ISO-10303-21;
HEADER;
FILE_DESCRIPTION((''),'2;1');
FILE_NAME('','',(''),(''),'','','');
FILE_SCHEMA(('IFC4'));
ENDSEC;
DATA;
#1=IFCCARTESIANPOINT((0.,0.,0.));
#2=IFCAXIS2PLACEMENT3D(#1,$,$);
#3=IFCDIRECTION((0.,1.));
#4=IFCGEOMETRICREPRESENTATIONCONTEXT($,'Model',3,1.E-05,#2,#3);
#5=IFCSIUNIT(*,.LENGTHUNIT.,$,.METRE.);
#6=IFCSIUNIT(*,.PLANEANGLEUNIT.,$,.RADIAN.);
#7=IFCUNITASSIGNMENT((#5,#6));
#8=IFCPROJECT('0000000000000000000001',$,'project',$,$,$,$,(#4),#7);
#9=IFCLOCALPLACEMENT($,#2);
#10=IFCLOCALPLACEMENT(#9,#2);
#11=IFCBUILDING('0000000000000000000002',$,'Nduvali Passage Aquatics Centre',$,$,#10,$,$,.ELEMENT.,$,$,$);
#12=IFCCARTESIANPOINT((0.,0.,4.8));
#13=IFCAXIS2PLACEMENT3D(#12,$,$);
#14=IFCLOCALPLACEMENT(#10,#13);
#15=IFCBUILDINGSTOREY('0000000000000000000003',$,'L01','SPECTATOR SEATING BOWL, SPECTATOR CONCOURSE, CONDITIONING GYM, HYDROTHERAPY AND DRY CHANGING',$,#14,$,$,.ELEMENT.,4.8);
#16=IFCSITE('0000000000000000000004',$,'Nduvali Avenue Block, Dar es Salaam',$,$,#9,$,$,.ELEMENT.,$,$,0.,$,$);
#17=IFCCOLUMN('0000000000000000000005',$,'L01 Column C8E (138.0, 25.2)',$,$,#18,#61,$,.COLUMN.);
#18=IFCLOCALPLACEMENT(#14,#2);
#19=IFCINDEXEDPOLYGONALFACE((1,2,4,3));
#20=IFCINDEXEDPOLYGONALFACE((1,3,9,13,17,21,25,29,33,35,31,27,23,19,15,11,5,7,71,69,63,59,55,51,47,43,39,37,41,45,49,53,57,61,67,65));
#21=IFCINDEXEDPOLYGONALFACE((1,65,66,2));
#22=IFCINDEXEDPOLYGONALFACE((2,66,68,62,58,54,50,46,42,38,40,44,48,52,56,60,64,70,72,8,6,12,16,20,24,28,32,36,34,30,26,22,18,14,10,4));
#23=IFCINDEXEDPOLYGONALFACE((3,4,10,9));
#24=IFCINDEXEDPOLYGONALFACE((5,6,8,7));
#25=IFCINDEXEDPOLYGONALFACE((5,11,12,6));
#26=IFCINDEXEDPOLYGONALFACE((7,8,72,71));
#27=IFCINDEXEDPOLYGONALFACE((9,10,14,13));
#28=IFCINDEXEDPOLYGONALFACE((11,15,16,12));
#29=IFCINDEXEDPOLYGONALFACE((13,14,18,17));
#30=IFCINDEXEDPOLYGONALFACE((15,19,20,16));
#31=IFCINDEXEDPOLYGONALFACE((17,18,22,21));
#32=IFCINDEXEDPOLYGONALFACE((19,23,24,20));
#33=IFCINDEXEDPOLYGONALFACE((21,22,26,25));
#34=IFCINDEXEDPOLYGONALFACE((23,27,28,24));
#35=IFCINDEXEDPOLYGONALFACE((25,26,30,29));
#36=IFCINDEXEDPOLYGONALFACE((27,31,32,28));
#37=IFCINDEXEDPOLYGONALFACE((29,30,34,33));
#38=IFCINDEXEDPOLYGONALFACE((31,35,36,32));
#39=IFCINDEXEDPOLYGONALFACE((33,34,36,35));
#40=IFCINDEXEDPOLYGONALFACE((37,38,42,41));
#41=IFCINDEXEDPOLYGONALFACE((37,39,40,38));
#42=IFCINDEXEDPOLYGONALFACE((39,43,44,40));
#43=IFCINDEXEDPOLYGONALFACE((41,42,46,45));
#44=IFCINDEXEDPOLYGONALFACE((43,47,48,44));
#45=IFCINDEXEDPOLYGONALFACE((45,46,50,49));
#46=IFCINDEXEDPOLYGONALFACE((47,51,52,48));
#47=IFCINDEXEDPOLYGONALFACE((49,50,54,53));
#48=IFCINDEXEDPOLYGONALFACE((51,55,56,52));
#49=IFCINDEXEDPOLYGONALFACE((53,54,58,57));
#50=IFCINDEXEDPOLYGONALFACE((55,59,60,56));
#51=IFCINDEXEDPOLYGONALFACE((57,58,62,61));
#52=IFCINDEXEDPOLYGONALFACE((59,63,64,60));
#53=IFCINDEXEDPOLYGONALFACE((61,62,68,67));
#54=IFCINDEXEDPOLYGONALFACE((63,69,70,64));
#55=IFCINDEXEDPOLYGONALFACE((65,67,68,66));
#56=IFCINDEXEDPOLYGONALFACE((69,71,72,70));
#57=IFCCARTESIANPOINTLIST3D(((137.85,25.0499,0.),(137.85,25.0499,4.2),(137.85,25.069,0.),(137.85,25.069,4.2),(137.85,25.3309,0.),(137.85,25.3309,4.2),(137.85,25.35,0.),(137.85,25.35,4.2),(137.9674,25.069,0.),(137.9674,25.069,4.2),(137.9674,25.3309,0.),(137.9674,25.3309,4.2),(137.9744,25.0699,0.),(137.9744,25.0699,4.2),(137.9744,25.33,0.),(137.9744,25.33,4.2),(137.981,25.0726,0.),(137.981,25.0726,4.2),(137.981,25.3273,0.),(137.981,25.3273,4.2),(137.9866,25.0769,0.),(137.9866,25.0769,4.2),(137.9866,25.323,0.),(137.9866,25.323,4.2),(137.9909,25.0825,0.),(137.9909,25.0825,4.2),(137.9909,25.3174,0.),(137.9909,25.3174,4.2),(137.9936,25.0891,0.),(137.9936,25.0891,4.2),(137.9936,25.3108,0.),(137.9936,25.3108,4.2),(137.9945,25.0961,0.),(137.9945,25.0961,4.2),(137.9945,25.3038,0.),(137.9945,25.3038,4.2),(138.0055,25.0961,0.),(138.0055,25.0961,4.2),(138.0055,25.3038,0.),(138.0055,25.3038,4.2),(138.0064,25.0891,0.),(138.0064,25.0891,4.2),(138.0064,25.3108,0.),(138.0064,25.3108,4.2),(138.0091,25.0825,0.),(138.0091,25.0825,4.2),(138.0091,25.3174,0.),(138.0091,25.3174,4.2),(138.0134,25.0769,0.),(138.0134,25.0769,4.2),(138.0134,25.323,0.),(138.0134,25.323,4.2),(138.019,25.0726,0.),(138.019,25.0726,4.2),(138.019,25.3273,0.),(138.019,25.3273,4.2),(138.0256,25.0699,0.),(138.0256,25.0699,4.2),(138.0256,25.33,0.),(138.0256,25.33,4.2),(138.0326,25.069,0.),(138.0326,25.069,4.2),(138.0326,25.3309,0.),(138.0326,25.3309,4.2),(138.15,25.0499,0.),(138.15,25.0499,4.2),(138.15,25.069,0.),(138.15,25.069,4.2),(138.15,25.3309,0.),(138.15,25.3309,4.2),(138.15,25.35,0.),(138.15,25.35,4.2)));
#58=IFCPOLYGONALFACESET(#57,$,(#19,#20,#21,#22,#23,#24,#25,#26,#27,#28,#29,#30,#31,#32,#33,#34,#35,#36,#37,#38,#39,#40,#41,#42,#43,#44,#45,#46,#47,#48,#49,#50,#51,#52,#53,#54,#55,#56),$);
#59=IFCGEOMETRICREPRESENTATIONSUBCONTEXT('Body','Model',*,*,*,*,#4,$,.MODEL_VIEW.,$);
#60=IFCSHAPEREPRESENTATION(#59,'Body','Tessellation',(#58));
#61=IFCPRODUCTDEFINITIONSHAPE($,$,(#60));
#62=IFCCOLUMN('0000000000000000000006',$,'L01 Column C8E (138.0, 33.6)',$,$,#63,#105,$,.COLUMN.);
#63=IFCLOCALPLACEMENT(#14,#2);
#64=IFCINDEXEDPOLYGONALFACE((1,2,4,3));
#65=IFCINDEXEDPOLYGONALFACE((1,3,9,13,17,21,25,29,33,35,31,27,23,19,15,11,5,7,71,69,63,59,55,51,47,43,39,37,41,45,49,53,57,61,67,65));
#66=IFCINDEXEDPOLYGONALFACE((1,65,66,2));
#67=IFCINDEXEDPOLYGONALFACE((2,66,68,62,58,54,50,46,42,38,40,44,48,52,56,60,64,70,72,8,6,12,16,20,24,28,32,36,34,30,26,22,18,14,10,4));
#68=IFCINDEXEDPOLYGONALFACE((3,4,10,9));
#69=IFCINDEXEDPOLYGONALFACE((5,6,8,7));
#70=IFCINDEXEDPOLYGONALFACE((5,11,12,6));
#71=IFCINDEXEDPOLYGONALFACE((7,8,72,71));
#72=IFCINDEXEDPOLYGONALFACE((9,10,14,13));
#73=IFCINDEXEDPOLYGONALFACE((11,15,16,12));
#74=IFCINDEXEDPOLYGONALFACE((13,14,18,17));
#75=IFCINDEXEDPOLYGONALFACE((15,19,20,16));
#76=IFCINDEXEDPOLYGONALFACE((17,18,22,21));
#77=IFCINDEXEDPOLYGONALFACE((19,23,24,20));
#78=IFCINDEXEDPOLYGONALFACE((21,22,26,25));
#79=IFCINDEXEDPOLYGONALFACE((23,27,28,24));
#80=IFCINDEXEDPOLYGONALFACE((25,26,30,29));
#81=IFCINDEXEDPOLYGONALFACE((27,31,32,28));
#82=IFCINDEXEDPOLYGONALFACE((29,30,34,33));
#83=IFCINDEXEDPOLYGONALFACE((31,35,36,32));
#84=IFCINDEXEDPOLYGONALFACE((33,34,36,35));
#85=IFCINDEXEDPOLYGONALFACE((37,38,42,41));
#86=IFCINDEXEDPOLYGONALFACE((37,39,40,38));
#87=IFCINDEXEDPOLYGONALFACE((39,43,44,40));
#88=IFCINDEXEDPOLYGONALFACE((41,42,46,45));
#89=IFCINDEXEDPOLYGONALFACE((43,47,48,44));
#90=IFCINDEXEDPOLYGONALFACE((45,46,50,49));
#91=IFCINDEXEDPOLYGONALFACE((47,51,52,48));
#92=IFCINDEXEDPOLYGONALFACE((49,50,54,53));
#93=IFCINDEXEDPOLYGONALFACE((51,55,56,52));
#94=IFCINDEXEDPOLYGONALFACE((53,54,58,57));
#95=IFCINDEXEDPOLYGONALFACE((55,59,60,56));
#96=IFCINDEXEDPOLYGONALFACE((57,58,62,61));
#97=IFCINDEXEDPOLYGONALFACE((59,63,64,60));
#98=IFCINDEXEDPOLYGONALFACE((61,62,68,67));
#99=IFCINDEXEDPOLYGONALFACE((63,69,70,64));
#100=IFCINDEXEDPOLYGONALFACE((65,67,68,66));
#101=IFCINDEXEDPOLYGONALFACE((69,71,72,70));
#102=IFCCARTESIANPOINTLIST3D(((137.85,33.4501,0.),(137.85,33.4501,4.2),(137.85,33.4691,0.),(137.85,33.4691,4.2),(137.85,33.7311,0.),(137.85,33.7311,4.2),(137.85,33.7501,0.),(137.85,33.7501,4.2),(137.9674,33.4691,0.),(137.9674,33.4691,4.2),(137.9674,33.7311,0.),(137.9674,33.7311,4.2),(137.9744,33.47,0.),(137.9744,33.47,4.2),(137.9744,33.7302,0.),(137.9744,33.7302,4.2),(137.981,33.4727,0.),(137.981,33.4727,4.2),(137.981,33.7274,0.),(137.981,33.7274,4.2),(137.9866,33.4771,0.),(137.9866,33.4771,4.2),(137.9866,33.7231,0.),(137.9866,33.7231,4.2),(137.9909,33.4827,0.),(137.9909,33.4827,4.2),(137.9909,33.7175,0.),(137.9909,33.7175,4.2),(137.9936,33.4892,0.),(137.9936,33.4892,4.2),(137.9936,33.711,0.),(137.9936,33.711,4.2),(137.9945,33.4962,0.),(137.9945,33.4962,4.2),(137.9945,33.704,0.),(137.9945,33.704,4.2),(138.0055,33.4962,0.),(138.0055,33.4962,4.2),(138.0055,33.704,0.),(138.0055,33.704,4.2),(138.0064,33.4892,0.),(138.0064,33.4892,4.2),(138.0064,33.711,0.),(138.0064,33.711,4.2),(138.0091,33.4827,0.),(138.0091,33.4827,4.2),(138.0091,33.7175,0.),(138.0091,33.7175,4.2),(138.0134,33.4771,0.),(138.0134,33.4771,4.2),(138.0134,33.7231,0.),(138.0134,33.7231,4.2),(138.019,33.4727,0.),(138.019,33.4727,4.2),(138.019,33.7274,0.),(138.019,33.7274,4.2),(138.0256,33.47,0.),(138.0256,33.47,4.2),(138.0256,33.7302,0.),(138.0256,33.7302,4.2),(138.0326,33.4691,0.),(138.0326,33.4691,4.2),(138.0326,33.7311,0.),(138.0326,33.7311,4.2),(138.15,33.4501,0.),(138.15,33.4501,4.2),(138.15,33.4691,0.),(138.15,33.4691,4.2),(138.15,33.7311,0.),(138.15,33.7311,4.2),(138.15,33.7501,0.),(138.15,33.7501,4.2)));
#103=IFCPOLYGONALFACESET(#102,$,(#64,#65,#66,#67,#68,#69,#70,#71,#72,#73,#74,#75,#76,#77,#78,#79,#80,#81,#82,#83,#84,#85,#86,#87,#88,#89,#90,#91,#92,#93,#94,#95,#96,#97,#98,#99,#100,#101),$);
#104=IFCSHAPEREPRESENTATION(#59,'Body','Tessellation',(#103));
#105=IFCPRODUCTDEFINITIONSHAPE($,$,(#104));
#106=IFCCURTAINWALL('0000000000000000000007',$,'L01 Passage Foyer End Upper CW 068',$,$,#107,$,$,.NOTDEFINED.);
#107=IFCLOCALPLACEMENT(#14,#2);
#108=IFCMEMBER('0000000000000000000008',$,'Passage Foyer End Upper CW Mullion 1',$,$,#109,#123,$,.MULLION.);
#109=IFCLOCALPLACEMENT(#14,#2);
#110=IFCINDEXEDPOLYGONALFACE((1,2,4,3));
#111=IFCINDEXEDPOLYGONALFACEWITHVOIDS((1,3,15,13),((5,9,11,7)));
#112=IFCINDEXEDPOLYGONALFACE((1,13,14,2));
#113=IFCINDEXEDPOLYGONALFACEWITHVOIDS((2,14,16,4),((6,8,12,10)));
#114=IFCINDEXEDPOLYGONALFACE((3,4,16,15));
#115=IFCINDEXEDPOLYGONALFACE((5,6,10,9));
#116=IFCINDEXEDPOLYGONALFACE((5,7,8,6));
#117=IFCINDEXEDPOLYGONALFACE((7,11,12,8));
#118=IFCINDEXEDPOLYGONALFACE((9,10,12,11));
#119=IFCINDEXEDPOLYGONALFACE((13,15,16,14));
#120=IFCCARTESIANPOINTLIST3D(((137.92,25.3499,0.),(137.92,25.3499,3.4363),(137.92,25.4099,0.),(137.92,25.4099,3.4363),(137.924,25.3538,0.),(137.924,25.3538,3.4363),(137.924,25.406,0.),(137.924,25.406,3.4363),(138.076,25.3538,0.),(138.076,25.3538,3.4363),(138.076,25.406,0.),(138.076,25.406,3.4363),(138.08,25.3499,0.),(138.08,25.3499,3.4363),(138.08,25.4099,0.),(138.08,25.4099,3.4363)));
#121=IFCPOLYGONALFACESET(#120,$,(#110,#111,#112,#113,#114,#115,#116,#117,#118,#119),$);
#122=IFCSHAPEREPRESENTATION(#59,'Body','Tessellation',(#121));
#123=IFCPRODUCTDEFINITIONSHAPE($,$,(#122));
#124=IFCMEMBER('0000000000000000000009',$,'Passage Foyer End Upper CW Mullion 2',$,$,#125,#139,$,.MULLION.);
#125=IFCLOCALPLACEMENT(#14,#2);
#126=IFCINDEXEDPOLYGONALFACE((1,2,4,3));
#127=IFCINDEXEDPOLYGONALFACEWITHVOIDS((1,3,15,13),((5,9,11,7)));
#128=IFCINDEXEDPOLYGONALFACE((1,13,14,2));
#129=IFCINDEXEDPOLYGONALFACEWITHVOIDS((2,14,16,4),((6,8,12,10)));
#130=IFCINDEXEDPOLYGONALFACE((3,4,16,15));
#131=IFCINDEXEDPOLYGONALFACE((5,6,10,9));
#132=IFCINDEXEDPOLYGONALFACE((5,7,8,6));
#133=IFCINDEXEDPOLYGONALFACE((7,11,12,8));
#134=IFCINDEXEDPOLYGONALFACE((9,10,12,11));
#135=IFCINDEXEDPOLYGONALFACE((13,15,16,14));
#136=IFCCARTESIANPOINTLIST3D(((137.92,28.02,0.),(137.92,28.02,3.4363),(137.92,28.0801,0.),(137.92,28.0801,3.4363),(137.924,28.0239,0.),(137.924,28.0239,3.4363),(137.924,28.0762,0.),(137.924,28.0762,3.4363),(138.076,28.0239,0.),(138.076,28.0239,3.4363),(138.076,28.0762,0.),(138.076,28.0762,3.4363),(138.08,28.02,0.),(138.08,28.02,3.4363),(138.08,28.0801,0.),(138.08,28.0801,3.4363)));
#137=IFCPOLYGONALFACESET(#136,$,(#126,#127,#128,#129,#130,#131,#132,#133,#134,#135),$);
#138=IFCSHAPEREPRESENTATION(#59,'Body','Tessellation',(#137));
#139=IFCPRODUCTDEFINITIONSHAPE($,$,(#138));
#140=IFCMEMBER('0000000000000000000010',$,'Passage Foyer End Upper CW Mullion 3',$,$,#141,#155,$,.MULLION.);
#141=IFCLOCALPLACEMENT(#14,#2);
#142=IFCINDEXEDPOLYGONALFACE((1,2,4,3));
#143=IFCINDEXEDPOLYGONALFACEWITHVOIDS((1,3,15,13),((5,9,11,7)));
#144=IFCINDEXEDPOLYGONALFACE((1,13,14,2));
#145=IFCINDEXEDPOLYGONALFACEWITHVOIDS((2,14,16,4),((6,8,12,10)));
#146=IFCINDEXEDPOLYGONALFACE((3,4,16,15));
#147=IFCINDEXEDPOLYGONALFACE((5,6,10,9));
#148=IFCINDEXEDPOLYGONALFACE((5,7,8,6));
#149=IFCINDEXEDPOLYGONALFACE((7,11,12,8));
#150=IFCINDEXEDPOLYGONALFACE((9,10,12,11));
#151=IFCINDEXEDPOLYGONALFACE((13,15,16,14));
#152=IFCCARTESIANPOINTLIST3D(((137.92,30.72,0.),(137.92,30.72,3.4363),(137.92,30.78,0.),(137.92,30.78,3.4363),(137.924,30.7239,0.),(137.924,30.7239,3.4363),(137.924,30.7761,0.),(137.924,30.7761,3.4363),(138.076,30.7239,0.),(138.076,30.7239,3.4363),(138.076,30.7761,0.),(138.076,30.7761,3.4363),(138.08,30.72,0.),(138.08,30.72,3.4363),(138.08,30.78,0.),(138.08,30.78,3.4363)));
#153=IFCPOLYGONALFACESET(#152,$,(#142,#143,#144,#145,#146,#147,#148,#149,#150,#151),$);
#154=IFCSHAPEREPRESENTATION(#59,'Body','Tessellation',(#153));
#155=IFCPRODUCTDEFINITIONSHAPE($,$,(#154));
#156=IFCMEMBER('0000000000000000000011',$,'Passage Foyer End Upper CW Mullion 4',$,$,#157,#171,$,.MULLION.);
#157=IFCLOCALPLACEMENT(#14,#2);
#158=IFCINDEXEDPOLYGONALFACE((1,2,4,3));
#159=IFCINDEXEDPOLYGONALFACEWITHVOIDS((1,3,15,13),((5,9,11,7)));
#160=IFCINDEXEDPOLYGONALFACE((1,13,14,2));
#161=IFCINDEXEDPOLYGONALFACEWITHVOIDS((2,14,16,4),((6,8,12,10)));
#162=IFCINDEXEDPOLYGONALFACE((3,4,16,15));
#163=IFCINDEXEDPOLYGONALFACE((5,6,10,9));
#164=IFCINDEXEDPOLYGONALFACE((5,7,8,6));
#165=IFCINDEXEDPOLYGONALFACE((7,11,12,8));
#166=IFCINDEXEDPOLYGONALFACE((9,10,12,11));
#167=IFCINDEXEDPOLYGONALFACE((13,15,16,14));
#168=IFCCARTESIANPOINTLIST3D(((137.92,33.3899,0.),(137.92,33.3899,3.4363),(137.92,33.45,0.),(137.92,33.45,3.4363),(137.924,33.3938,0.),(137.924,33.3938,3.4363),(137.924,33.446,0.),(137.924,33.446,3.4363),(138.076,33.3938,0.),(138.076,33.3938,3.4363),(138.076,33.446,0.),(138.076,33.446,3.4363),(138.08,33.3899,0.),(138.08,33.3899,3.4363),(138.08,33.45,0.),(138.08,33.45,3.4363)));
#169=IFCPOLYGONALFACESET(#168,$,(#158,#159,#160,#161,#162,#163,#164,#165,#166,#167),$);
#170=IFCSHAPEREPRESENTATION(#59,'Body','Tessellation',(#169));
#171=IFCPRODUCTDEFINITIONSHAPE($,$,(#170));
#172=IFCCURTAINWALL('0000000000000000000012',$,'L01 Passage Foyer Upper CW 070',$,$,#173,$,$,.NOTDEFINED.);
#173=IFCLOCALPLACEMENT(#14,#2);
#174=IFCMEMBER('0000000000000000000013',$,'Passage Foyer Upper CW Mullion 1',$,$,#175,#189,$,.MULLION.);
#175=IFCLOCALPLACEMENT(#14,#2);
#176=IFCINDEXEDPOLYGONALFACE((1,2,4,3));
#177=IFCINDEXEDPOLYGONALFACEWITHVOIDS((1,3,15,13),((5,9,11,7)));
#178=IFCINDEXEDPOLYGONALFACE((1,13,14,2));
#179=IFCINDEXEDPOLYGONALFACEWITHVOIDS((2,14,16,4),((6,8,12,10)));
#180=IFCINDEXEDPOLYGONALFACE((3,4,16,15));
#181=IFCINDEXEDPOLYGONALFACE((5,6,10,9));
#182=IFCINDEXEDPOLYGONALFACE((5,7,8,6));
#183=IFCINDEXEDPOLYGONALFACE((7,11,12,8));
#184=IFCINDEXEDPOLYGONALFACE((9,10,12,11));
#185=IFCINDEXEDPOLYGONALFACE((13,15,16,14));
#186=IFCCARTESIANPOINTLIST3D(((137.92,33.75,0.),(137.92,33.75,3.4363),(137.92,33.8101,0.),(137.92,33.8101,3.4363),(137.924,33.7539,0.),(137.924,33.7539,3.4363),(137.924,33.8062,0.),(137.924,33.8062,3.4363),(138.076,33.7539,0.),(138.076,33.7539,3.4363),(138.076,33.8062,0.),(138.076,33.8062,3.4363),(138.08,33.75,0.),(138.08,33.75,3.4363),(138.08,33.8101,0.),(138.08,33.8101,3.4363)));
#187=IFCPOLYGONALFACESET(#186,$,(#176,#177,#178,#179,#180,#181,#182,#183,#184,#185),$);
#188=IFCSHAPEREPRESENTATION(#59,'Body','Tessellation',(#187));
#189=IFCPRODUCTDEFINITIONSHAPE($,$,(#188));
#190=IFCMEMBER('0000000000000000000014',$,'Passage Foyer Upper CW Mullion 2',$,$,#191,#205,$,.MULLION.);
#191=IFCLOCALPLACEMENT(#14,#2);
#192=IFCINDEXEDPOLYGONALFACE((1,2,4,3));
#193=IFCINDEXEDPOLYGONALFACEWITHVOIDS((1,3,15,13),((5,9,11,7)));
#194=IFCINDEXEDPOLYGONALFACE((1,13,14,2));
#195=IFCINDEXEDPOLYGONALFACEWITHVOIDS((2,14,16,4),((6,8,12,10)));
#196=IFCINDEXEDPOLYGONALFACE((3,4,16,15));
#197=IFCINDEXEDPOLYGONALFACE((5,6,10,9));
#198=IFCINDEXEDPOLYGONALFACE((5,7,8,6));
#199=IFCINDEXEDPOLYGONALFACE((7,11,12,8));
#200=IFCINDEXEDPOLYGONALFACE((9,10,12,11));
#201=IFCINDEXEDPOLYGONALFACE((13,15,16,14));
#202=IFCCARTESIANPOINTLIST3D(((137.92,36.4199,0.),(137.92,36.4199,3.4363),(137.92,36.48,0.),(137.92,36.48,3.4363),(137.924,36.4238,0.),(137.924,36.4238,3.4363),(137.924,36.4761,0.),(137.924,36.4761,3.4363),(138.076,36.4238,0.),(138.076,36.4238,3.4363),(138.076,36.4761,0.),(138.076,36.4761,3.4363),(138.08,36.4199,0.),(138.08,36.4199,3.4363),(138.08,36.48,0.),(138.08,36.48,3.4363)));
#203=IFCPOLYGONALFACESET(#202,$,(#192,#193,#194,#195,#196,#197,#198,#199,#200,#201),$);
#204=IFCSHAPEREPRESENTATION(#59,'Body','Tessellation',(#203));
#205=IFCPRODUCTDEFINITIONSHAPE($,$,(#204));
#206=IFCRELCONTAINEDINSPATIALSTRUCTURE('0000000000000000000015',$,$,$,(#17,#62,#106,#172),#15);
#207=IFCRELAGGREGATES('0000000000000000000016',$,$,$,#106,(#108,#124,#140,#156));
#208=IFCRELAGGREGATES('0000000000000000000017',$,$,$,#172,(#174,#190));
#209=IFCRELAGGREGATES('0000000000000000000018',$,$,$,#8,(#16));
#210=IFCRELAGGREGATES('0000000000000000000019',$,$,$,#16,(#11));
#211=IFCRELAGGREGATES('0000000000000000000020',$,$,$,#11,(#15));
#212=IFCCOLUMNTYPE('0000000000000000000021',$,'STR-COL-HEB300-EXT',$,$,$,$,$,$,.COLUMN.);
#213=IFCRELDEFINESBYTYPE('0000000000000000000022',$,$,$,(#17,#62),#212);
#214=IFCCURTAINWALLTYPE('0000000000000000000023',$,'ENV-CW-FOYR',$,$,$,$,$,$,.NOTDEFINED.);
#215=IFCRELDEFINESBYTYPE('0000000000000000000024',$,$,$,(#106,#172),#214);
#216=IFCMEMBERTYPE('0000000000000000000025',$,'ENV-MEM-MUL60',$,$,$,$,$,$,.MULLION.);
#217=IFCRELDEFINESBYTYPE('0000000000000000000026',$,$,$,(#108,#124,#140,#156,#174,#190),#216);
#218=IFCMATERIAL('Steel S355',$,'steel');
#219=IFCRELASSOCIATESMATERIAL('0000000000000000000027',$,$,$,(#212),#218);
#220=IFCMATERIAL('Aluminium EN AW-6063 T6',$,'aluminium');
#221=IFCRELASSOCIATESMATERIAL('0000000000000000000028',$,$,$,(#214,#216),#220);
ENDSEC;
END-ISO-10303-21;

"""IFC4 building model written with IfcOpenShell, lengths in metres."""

from ifc_helpers import new_model, si_unit, direction, frame, origin, origin_2d, place, context, subcontext, project, spatial, hollow_rectangle, i_section, extrude, material, material_profile, profile_set, type_object, element, aggregate, save


model = new_model("IFC4")

# Units and contexts
model_context = context("Model", 3, precision=1e-05, world=origin(), true_north=direction((0.0, 1.0)))
body_context = subcontext(model_context, "Body", "Model", "MODEL_VIEW")
ifc_project = project(units=[si_unit("LENGTHUNIT", "METRE"), si_unit("PLANEANGLEUNIT", "RADIAN")], contexts=[model_context])

# Site, building, storey
site_placement = place(None, origin())
site = spatial("IfcSite", under=ifc_project, at=site_placement, Name="Nduvali Avenue Block, Dar es Salaam", CompositionType="ELEMENT", RefElevation=0.0)
building_placement = place(site_placement, origin())
building = spatial("IfcBuilding", under=site, at=building_placement, Name="Nduvali Passage Aquatics Centre", CompositionType="ELEMENT")
storey_placement = place(building_placement, frame((0.0, 0.0, 4.8)))
storey = spatial("IfcBuildingStorey", under=building, at=storey_placement, Name="L01", Description="SPECTATOR SEATING BOWL, SPECTATOR CONCOURSE, CONDITIONING GYM, HYDROTHERAPY AND DRY CHANGING", CompositionType="ELEMENT", Elevation=4.8)

# Columns
ifc_material_1 = material(Name="Steel S355", Category="steel")
ifc_material_profile_1 = material_profile(ifc_material_1, i_section(OverallWidth=0.3, OverallDepth=0.3, WebThickness=0.011, FlangeThickness=0.019, FilletRadius=0.0271, at=origin_2d()), Name="HEB 300")
ifc_profile_set_1 = profile_set([ifc_material_profile_1], Name="Steel S355")
column_type = type_object("IfcColumnType", Name="STR-COL-HEB300-EXT", PredefinedType="COLUMN", material=ifc_profile_set_1)
for number, where, z_axis, x_axis, name in (
    (1, (138.0, 25.2, 0.0), (0.0, 0.0, 1.0), (1.0, 0.0, 0.0), "L01 Column C8E (138.0, 25.2)"),
    (2, (138.0, 33.6001, 0.0), (0.0, 0.0, 1.0), (1.0, 0.0, 0.0), "L01 Column C8E (138.0, 33.6)"),
):
    element("IfcColumn", number, at=place(storey_placement, frame(where, z_axis=z_axis, x_axis=x_axis)), inside=storey, type_object=column_type, Name=name, PredefinedType="COLUMN", context=body_context, shape_type="SweptSolid", body=[
        extrude(i_section(OverallWidth=0.3, OverallDepth=0.3, WebThickness=0.011, FlangeThickness=0.019, FilletRadius=0.0271, at=origin_2d()), origin(), (0.0, 0.0, 1.0), 4.2),
    ])

# Curtain walls, members
ifc_material_2 = material(Name="Aluminium EN AW-6063 T6", Category="aluminium")
curtain_wall_type = type_object("IfcCurtainWallType", Name="ENV-CW-FOYR", PredefinedType="NOTDEFINED", material=ifc_material_2)
curtain_wall_1_placement = place(storey_placement, origin())
curtain_wall_1 = element("IfcCurtainWall", 3, at=curtain_wall_1_placement, inside=storey, type_object=curtain_wall_type, Name="L01 Passage Foyer End Upper CW 068", PredefinedType="NOTDEFINED")
ifc_material_profile_2 = material_profile(ifc_material_2, hollow_rectangle(XDim=0.0601, YDim=0.1599, WallThickness=0.0039, at=origin_2d()), Name="ALU MULLION 60x160x4")
ifc_profile_set_2 = profile_set([ifc_material_profile_2], Name="Aluminium EN AW-6063 T6")
member_type_1 = type_object("IfcMemberType", Name="ENV-MEM-MUL60", PredefinedType="MULLION", material=ifc_profile_set_2)
member_1_placement = place(storey_placement, frame((138.0, 25.3799, 0.0), z_axis=(0.0, 0.0, 1.0), x_axis=(0.0, 1.0, 0.0)))
member_1 = element("IfcMember", 4, at=member_1_placement, type_object=member_type_1, Name="Passage Foyer End Upper CW Mullion 1", PredefinedType="MULLION", context=body_context, shape_type="SweptSolid", body=[
    extrude(hollow_rectangle(XDim=0.0601, YDim=0.1599, WallThickness=0.0039, at=origin_2d()), origin(), (0.0, 0.0, 1.0), 3.4363),
])
member_2_placement = place(storey_placement, frame((138.0, 28.05, 0.0), z_axis=(0.0, 0.0, 1.0), x_axis=(0.0, 1.0, 0.0)))
member_2 = element("IfcMember", 5, at=member_2_placement, type_object=member_type_1, Name="Passage Foyer End Upper CW Mullion 2", PredefinedType="MULLION", context=body_context, shape_type="SweptSolid", body=[
    extrude(hollow_rectangle(XDim=0.0601, YDim=0.1599, WallThickness=0.0039, at=origin_2d()), origin(), (0.0, 0.0, 1.0), 3.4363),
])
member_3_placement = place(storey_placement, frame((138.0, 30.75, 0.0), z_axis=(0.0, 0.0, 1.0), x_axis=(0.0, 1.0, 0.0)))
member_3 = element("IfcMember", 6, at=member_3_placement, type_object=member_type_1, Name="Passage Foyer End Upper CW Mullion 3", PredefinedType="MULLION", context=body_context, shape_type="SweptSolid", body=[
    extrude(hollow_rectangle(XDim=0.0601, YDim=0.1599, WallThickness=0.0039, at=origin_2d()), origin(), (0.0, 0.0, 1.0), 3.4363),
])
member_4_placement = place(storey_placement, frame((138.0, 33.4199, 0.0), z_axis=(0.0, 0.0, 1.0), x_axis=(0.0, 1.0, 0.0)))
member_4 = element("IfcMember", 7, at=member_4_placement, type_object=member_type_1, Name="Passage Foyer End Upper CW Mullion 4", PredefinedType="MULLION", context=body_context, shape_type="SweptSolid", body=[
    extrude(hollow_rectangle(XDim=0.0601, YDim=0.1599, WallThickness=0.0039, at=origin_2d()), origin(), (0.0, 0.0, 1.0), 3.4363),
])
curtain_wall_2_placement = place(storey_placement, origin())
curtain_wall_2 = element("IfcCurtainWall", 8, at=curtain_wall_2_placement, inside=storey, type_object=curtain_wall_type, Name="L01 Passage Foyer Upper CW 070", PredefinedType="NOTDEFINED")
member_5_placement = place(storey_placement, frame((138.0, 33.78, 0.0), z_axis=(0.0, 0.0, 1.0), x_axis=(0.0, 1.0, 0.0)))
member_5 = element("IfcMember", 9, at=member_5_placement, type_object=member_type_1, Name="Passage Foyer Upper CW Mullion 1", PredefinedType="MULLION", context=body_context, shape_type="SweptSolid", body=[
    extrude(hollow_rectangle(XDim=0.0601, YDim=0.1599, WallThickness=0.0039, at=origin_2d()), origin(), (0.0, 0.0, 1.0), 3.4363),
])
member_6_placement = place(storey_placement, frame((138.0, 36.45, 0.0), z_axis=(0.0, 0.0, 1.0), x_axis=(0.0, 1.0, 0.0)))
member_6 = element("IfcMember", 10, at=member_6_placement, type_object=member_type_1, Name="Passage Foyer Upper CW Mullion 2", PredefinedType="MULLION", context=body_context, shape_type="SweptSolid", body=[
    extrude(hollow_rectangle(XDim=0.0601, YDim=0.1599, WallThickness=0.0039, at=origin_2d()), origin(), (0.0, 0.0, 1.0), 3.4363),
])

aggregate(curtain_wall_1, [member_1, member_2, member_3, member_4])
aggregate(curtain_wall_2, [member_5, member_6])

save(model, "model.ifc")
